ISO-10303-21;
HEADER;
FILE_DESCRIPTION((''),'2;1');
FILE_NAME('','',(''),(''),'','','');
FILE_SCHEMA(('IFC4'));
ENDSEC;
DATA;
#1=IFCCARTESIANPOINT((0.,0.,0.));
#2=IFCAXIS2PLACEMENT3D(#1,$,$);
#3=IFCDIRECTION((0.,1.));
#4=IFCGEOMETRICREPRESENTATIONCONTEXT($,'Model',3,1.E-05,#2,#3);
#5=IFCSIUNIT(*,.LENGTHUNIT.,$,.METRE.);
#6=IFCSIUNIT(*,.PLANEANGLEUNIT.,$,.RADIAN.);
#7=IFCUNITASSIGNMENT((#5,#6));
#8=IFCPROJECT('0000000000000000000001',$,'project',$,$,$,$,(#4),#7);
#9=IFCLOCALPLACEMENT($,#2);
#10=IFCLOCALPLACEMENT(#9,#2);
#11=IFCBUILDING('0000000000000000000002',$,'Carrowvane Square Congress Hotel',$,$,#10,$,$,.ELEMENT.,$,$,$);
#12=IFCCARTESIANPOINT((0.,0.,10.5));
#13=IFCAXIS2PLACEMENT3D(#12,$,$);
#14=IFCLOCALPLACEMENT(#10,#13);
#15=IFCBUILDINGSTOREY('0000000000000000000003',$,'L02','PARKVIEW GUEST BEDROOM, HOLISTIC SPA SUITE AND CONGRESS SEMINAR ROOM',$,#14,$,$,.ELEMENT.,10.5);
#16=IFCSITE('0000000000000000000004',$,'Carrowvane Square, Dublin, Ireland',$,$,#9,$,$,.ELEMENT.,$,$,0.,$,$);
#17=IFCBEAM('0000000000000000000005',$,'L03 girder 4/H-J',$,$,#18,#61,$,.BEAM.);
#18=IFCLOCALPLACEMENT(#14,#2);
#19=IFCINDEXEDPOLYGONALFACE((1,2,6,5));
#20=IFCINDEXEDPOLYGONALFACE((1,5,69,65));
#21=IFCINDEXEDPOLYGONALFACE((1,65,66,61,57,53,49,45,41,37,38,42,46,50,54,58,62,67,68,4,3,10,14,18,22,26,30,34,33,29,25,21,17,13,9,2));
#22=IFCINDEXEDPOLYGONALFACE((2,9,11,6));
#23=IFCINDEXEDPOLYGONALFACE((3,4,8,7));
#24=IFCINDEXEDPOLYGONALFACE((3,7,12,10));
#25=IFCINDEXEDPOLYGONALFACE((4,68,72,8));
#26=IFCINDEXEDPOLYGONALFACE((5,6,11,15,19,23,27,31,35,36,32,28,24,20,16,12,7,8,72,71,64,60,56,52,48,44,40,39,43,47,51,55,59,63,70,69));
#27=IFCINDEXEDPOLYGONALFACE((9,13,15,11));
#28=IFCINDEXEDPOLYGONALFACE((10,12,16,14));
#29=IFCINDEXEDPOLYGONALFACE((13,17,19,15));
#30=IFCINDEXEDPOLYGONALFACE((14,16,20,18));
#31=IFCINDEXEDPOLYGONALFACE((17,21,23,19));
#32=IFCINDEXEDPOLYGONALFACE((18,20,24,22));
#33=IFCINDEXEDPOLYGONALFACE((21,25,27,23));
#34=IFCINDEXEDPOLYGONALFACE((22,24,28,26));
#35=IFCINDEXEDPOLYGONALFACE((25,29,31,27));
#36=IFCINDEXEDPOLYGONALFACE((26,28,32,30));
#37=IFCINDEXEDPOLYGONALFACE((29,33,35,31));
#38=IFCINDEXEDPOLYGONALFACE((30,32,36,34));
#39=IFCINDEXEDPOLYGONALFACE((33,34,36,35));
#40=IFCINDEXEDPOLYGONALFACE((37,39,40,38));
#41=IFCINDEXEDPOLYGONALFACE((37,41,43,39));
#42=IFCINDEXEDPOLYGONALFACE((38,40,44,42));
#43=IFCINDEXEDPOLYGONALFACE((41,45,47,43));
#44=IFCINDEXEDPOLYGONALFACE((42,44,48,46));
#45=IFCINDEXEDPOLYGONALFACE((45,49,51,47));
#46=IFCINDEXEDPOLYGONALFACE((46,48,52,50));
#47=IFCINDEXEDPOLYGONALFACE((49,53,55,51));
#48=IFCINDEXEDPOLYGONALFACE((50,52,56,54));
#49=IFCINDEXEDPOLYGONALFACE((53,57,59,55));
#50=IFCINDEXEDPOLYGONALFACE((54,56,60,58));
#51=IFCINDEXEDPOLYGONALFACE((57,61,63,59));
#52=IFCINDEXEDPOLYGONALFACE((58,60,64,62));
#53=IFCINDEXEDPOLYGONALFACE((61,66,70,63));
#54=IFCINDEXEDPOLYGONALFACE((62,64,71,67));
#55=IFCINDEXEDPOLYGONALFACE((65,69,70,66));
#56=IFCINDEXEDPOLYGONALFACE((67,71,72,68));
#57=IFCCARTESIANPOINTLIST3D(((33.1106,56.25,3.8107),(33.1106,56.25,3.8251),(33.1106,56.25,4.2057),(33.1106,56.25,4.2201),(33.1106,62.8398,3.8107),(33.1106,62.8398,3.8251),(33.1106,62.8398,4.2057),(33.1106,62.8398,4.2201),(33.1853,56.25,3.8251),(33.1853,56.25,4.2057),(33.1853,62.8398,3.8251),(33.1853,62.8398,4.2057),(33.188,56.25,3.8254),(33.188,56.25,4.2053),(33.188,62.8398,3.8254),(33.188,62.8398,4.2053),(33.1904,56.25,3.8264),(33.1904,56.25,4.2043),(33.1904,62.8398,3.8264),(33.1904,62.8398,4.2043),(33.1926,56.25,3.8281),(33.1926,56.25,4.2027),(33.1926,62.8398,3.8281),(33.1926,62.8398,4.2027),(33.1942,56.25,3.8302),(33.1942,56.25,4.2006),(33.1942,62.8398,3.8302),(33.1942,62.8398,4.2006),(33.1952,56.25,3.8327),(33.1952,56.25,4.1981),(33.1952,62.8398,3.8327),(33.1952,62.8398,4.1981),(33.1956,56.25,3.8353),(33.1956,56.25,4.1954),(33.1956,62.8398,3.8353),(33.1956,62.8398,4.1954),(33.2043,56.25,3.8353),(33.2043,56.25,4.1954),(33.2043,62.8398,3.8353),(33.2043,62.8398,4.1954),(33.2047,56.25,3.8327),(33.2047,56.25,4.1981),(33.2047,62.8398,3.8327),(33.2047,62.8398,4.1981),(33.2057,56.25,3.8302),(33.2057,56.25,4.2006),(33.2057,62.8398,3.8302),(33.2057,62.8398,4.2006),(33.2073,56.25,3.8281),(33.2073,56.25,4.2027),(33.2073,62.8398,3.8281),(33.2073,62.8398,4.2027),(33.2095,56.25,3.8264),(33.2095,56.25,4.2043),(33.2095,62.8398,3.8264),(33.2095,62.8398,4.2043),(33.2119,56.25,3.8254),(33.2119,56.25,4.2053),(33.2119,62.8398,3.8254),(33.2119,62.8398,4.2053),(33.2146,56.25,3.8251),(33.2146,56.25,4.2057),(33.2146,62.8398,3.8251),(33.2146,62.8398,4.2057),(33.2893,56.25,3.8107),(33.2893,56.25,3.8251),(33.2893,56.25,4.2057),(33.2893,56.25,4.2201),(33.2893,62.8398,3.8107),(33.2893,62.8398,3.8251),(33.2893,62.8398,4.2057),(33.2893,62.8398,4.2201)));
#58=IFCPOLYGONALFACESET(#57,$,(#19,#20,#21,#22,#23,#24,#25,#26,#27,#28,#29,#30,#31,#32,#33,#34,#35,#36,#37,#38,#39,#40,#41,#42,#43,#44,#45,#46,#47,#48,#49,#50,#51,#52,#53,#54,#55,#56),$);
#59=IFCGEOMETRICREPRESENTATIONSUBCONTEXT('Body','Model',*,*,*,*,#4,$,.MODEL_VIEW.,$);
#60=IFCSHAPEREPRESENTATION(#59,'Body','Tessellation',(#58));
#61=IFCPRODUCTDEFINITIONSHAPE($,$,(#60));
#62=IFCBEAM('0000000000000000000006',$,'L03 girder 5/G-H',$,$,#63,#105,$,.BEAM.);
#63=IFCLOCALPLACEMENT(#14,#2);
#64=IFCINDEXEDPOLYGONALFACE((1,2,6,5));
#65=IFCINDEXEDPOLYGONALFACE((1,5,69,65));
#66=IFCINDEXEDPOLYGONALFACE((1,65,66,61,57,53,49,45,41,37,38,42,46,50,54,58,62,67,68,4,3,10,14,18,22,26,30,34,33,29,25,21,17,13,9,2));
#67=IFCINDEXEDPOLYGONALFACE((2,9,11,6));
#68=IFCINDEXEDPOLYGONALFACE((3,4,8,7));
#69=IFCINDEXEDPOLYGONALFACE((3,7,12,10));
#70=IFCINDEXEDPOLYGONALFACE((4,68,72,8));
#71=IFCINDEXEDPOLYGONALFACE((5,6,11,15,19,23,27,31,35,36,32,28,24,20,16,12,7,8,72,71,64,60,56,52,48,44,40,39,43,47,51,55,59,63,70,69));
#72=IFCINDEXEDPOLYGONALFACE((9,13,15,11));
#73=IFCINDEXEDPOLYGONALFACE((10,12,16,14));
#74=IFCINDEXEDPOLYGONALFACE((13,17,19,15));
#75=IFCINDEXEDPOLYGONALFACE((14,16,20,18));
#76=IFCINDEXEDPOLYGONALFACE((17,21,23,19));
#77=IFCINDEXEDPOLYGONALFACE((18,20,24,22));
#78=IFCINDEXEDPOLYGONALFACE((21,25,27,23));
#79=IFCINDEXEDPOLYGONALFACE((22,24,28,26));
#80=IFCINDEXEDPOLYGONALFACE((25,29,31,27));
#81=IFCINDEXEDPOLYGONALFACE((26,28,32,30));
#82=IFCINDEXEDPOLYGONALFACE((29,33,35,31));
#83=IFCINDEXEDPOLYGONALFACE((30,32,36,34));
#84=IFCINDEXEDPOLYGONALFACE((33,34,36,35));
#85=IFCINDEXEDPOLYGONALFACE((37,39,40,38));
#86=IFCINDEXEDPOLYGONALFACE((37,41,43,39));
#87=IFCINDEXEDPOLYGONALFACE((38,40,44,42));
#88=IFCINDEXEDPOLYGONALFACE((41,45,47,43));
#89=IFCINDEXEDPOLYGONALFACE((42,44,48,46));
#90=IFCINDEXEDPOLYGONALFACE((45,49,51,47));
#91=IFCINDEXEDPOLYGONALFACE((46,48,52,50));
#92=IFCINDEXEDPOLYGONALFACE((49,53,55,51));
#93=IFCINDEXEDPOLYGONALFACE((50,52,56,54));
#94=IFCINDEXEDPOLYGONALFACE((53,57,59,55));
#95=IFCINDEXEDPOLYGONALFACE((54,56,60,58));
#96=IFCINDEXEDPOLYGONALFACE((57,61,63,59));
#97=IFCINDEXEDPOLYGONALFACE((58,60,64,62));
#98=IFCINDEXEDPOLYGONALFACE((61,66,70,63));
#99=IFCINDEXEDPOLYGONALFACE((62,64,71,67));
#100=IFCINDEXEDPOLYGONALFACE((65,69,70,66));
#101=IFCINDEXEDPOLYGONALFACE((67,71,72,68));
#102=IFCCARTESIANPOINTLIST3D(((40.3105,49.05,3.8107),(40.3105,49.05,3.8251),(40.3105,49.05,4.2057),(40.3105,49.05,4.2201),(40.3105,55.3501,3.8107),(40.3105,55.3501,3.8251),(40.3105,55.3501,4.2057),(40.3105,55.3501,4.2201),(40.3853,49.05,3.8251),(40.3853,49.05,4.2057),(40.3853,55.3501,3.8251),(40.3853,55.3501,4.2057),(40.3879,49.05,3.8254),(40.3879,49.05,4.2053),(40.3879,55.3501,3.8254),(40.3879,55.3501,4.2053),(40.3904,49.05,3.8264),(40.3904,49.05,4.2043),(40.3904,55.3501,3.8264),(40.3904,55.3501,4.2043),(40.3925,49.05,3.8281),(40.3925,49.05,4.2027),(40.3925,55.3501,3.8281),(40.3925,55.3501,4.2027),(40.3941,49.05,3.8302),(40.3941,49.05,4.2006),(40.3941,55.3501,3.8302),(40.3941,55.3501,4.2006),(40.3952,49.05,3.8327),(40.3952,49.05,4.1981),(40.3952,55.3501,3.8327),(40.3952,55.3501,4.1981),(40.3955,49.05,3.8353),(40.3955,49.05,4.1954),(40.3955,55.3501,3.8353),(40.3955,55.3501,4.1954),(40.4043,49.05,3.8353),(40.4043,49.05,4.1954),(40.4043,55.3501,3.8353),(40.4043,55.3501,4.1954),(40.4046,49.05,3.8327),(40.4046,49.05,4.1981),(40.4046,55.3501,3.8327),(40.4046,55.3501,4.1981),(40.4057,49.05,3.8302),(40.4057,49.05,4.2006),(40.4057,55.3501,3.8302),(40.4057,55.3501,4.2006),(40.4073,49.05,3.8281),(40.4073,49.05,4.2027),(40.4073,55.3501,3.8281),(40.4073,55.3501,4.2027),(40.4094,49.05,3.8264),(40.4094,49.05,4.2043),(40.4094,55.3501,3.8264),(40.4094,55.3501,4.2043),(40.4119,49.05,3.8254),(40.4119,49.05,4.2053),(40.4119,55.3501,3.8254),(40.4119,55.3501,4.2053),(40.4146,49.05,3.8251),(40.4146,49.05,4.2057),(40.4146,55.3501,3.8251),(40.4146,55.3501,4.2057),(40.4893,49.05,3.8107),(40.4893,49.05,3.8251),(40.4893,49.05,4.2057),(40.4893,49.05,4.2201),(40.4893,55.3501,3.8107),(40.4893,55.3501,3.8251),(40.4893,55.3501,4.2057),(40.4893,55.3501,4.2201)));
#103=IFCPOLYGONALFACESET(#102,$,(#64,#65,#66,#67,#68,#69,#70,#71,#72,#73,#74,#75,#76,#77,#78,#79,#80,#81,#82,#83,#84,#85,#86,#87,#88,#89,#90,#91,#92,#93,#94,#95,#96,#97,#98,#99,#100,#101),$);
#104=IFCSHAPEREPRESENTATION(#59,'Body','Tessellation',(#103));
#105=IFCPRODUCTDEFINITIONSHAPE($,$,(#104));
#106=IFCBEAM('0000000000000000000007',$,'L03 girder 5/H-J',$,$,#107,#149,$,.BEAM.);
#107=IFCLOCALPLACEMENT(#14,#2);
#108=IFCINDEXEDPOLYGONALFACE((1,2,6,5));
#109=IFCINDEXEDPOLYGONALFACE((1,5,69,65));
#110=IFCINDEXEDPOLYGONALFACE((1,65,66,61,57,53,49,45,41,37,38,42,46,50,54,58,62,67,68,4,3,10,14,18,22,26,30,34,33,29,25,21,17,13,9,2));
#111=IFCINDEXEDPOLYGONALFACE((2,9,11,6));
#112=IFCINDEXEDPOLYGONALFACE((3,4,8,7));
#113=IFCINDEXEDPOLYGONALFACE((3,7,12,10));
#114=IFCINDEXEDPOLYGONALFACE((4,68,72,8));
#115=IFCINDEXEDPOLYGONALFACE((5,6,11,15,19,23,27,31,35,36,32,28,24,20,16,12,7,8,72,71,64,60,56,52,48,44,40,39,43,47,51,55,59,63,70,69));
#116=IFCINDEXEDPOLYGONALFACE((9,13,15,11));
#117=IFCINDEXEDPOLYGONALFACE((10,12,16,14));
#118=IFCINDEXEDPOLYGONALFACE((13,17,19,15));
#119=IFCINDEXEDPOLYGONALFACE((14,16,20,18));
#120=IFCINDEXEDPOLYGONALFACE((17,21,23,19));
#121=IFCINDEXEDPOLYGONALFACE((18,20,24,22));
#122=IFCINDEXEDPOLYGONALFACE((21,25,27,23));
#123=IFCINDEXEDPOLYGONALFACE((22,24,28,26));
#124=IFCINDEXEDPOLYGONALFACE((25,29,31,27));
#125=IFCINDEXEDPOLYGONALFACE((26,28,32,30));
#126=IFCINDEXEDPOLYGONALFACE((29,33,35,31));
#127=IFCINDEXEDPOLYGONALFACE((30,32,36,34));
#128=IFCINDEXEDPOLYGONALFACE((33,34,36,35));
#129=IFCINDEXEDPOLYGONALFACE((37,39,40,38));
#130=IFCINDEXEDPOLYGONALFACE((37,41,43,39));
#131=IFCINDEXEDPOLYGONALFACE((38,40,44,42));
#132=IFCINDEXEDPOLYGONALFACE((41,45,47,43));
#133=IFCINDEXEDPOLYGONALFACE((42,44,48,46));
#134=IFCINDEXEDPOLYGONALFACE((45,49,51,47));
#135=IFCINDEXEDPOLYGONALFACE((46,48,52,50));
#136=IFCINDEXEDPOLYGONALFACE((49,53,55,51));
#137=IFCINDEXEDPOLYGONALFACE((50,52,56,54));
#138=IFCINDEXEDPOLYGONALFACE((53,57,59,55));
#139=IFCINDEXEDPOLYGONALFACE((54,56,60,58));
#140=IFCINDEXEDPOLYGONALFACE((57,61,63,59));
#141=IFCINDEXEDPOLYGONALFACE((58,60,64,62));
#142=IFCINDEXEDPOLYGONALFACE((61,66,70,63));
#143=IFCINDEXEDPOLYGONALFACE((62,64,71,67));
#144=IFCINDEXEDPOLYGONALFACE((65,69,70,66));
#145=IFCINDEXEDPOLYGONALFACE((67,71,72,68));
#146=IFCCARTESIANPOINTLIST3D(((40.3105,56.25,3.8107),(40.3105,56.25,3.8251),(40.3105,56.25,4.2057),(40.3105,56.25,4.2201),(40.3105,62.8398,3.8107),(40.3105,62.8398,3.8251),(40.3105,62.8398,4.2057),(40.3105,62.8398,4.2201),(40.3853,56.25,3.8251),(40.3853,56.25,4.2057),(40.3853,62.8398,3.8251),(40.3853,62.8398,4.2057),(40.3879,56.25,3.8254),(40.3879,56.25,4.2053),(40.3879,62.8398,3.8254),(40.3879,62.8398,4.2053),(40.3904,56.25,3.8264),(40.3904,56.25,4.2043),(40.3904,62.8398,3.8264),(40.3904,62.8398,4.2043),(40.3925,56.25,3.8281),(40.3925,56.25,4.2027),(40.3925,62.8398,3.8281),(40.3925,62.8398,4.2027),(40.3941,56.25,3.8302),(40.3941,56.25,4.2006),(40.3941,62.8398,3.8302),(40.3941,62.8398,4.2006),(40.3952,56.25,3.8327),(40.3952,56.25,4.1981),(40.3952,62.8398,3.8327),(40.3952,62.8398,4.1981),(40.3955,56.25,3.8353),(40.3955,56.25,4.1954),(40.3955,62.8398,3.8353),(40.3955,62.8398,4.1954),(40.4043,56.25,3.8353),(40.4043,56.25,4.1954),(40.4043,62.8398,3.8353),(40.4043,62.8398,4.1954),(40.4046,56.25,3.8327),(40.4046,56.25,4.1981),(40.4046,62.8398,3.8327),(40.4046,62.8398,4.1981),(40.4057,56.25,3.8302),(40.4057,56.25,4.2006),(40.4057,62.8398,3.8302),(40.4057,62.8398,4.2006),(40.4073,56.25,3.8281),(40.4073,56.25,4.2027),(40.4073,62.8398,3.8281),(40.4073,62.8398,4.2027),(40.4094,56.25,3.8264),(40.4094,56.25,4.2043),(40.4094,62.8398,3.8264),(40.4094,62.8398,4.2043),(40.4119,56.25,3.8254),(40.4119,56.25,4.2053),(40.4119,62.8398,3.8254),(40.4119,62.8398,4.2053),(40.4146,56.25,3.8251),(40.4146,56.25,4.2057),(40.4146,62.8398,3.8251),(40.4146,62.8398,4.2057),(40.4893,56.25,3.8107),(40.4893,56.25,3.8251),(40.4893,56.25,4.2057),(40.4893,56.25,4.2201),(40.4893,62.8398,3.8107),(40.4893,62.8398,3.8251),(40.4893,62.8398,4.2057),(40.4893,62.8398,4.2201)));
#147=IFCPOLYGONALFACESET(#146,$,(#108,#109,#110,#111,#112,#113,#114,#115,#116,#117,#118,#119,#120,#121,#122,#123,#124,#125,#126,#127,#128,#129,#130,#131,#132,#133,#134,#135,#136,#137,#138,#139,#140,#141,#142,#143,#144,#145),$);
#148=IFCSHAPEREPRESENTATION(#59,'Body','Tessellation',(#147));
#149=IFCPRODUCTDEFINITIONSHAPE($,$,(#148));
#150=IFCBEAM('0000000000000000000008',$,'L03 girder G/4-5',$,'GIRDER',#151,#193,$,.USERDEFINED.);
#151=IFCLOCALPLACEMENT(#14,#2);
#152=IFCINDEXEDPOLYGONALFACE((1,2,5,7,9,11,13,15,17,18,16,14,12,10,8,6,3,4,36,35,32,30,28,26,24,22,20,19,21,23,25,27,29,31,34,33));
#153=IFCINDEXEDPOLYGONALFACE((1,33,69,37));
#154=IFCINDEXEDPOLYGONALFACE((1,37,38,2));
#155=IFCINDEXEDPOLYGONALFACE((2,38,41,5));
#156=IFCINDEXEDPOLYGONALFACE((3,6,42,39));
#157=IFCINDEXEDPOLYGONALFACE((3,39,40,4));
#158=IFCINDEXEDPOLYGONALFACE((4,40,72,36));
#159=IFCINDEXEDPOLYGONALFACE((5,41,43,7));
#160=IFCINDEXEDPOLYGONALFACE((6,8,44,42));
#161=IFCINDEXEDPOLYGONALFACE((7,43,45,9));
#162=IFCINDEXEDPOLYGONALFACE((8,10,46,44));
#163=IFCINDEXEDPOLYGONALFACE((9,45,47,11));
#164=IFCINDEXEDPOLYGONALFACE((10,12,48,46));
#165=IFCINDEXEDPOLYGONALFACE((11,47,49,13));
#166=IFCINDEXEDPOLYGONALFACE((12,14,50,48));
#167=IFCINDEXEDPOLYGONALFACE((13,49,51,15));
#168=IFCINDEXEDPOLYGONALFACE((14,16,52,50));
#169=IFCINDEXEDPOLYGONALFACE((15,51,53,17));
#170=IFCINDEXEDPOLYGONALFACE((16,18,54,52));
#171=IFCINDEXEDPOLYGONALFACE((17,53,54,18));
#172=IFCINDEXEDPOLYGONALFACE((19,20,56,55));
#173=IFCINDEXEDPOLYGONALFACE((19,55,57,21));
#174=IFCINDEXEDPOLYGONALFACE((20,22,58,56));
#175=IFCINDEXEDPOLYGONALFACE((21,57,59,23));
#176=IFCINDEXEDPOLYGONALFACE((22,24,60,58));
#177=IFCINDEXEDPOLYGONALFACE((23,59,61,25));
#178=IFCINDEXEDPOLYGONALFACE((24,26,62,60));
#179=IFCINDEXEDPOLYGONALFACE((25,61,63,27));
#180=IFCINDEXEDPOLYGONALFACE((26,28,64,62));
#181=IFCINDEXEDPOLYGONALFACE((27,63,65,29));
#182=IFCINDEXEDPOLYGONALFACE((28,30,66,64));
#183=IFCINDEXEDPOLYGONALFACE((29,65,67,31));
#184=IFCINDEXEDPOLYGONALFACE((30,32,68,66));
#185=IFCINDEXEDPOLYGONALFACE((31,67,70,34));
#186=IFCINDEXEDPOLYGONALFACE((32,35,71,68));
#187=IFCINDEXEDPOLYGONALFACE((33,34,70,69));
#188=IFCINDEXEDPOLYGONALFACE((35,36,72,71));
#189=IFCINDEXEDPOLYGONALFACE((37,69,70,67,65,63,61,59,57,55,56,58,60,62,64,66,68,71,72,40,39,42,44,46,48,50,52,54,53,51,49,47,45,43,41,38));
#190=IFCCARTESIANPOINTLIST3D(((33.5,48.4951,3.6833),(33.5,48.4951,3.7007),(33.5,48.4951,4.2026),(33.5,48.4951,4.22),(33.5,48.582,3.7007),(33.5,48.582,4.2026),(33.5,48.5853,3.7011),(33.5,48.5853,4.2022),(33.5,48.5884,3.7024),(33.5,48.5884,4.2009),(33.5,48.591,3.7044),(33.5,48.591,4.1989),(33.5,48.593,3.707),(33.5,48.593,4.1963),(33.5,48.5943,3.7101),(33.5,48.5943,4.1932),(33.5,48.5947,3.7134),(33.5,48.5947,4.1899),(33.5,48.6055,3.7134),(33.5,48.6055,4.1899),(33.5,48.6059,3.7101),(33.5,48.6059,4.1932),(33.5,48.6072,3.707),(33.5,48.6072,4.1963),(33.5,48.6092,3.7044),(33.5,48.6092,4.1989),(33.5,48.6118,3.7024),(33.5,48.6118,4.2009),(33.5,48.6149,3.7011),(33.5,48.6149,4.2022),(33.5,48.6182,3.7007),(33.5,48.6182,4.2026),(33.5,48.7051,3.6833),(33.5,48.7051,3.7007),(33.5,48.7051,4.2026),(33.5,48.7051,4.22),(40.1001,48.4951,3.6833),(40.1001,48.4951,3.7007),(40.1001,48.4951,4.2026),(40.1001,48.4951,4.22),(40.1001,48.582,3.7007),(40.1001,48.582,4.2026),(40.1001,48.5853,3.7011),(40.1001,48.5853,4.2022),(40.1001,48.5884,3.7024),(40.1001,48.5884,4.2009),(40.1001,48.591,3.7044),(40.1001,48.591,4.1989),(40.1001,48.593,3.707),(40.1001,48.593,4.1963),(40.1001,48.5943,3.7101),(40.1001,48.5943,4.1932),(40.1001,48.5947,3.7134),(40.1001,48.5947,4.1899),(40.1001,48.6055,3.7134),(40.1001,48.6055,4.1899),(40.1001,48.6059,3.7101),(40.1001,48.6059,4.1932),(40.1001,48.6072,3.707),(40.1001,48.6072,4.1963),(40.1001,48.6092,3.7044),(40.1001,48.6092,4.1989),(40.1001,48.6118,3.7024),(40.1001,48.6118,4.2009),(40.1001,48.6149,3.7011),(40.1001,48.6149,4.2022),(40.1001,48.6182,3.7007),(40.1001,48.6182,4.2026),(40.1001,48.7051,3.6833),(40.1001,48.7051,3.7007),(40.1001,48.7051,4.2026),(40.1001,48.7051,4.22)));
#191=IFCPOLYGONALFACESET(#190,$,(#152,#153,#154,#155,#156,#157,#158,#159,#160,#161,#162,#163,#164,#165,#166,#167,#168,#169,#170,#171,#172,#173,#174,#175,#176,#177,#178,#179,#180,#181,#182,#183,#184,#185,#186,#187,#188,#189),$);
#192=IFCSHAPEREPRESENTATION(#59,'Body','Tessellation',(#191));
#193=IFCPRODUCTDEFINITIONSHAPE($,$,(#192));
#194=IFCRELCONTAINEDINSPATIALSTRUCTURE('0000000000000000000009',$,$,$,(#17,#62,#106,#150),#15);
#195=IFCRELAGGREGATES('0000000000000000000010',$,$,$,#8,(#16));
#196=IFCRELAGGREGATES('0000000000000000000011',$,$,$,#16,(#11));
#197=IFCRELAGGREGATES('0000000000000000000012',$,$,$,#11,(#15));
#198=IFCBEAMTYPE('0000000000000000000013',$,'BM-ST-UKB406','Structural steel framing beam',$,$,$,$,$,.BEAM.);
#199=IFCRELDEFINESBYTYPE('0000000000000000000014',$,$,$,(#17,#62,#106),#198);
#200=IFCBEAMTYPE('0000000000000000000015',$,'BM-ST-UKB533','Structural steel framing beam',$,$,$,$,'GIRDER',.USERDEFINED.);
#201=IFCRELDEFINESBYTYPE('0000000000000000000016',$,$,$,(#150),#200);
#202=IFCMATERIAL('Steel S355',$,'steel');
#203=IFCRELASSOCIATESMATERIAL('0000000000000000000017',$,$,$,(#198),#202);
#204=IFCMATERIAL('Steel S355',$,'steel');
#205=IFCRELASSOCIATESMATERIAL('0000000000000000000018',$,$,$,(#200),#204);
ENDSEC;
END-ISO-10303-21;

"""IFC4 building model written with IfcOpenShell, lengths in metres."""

from ifc_helpers import new_model, si_unit, direction, frame, origin, origin_2d, place, context, subcontext, project, spatial, i_section, extrude, material, material_profile, profile_set, type_object, element, save


model = new_model("IFC4")

# Units and contexts
model_context = context("Model", 3, precision=1e-05, world=origin(), true_north=direction((0.0, 1.0)))
body_context = subcontext(model_context, "Body", "Model", "MODEL_VIEW")
ifc_project = project(units=[si_unit("LENGTHUNIT", "METRE"), si_unit("PLANEANGLEUNIT", "RADIAN")], contexts=[model_context])

# Site, building, storey
site_placement = place(None, origin())
site = spatial("IfcSite", under=ifc_project, at=site_placement, Name="Carrowvane Square, Dublin, Ireland", CompositionType="ELEMENT", RefElevation=0.0)
building_placement = place(site_placement, origin())
building = spatial("IfcBuilding", under=site, at=building_placement, Name="Carrowvane Square Congress Hotel", CompositionType="ELEMENT")
storey_placement = place(building_placement, frame((0.0, 0.0, 10.5)))
storey = spatial("IfcBuildingStorey", under=building, at=storey_placement, Name="L02", Description="PARKVIEW GUEST BEDROOM, HOLISTIC SPA SUITE AND CONGRESS SEMINAR ROOM", CompositionType="ELEMENT", Elevation=10.5)

# Beams
ifc_material_1 = material(Name="Steel S355", Category="steel")
ifc_material_profile_1 = material_profile(ifc_material_1, i_section(OverallWidth=0.1787, OverallDepth=0.4094, WebThickness=0.0088, FlangeThickness=0.0144, FilletRadius=0.0103, at=origin_2d()), Name="UKB 406x178x67")
ifc_profile_set_1 = profile_set([ifc_material_profile_1], Name="Steel S355")
beam_type_1 = type_object("IfcBeamType", Name="BM-ST-UKB406", Description="Structural steel framing beam", PredefinedType="BEAM", material=ifc_profile_set_1)
beam_1_placement = place(storey_placement, frame((33.2, 56.25, 4.0154), z_axis=(0.0, 1.0, 0.0), x_axis=(-1.0, 0.0, 0.0)))
element("IfcBeam", 1, at=beam_1_placement, inside=storey, type_object=beam_type_1, Name="L03 girder 4/H-J", PredefinedType="BEAM", context=body_context, shape_type="SweptSolid", body=[
    extrude(i_section(OverallWidth=0.1787, OverallDepth=0.4094, WebThickness=0.0088, FlangeThickness=0.0144, FilletRadius=0.0103, at=origin_2d()), origin(), (0.0, 0.0, 1.0), 6.5898),
])
beam_2_placement = place(storey_placement, frame((40.3999, 49.05, 4.0154), z_axis=(0.0, 1.0, 0.0), x_axis=(-1.0, 0.0, 0.0)))
element("IfcBeam", 2, at=beam_2_placement, inside=storey, type_object=beam_type_1, Name="L03 girder 5/G-H", PredefinedType="BEAM", context=body_context, shape_type="SweptSolid", body=[
    extrude(i_section(OverallWidth=0.1787, OverallDepth=0.4094, WebThickness=0.0088, FlangeThickness=0.0144, FilletRadius=0.0103, at=origin_2d()), origin(), (0.0, 0.0, 1.0), 6.3),
])
beam_3_placement = place(storey_placement, frame((40.3999, 56.25, 4.0154), z_axis=(0.0, 1.0, 0.0), x_axis=(-1.0, 0.0, 0.0)))
element("IfcBeam", 3, at=beam_3_placement, inside=storey, type_object=beam_type_1, Name="L03 girder 5/H-J", PredefinedType="BEAM", context=body_context, shape_type="SweptSolid", body=[
    extrude(i_section(OverallWidth=0.1787, OverallDepth=0.4094, WebThickness=0.0088, FlangeThickness=0.0144, FilletRadius=0.0103, at=origin_2d()), origin(), (0.0, 0.0, 1.0), 6.5898),
])
ifc_material_2 = material(Name="Steel S355", Category="steel")
ifc_material_profile_2 = material_profile(ifc_material_2, i_section(OverallWidth=0.21, OverallDepth=0.5366, WebThickness=0.0107, FlangeThickness=0.0173, FilletRadius=0.0127, at=origin_2d()), Name="UKB 533x210x101")
ifc_profile_set_2 = profile_set([ifc_material_profile_2], Name="Steel S355")
beam_type_2 = type_object("IfcBeamType", Name="BM-ST-UKB533", Description="Structural steel framing beam", ElementType="GIRDER", PredefinedType="USERDEFINED", material=ifc_profile_set_2)
for number, where, z_axis, x_axis, name in (
    (4, (33.5, 48.6001, 3.9517), (1.0, 0.0, 0.0), (0.0, 1.0, 0.0), "L03 girder G/4-5"),
):
    element("IfcBeam", number, at=place(storey_placement, frame(where, z_axis=z_axis, x_axis=x_axis)), inside=storey, type_object=beam_type_2, Name=name, ObjectType="GIRDER", PredefinedType="USERDEFINED", context=body_context, shape_type="SweptSolid", body=[
        extrude(i_section(OverallWidth=0.21, OverallDepth=0.5366, WebThickness=0.0107, FlangeThickness=0.0173, FilletRadius=0.0127, at=origin_2d()), origin(), (0.0, 0.0, 1.0), 6.6001),
    ])

save(model, "model.ifc")
